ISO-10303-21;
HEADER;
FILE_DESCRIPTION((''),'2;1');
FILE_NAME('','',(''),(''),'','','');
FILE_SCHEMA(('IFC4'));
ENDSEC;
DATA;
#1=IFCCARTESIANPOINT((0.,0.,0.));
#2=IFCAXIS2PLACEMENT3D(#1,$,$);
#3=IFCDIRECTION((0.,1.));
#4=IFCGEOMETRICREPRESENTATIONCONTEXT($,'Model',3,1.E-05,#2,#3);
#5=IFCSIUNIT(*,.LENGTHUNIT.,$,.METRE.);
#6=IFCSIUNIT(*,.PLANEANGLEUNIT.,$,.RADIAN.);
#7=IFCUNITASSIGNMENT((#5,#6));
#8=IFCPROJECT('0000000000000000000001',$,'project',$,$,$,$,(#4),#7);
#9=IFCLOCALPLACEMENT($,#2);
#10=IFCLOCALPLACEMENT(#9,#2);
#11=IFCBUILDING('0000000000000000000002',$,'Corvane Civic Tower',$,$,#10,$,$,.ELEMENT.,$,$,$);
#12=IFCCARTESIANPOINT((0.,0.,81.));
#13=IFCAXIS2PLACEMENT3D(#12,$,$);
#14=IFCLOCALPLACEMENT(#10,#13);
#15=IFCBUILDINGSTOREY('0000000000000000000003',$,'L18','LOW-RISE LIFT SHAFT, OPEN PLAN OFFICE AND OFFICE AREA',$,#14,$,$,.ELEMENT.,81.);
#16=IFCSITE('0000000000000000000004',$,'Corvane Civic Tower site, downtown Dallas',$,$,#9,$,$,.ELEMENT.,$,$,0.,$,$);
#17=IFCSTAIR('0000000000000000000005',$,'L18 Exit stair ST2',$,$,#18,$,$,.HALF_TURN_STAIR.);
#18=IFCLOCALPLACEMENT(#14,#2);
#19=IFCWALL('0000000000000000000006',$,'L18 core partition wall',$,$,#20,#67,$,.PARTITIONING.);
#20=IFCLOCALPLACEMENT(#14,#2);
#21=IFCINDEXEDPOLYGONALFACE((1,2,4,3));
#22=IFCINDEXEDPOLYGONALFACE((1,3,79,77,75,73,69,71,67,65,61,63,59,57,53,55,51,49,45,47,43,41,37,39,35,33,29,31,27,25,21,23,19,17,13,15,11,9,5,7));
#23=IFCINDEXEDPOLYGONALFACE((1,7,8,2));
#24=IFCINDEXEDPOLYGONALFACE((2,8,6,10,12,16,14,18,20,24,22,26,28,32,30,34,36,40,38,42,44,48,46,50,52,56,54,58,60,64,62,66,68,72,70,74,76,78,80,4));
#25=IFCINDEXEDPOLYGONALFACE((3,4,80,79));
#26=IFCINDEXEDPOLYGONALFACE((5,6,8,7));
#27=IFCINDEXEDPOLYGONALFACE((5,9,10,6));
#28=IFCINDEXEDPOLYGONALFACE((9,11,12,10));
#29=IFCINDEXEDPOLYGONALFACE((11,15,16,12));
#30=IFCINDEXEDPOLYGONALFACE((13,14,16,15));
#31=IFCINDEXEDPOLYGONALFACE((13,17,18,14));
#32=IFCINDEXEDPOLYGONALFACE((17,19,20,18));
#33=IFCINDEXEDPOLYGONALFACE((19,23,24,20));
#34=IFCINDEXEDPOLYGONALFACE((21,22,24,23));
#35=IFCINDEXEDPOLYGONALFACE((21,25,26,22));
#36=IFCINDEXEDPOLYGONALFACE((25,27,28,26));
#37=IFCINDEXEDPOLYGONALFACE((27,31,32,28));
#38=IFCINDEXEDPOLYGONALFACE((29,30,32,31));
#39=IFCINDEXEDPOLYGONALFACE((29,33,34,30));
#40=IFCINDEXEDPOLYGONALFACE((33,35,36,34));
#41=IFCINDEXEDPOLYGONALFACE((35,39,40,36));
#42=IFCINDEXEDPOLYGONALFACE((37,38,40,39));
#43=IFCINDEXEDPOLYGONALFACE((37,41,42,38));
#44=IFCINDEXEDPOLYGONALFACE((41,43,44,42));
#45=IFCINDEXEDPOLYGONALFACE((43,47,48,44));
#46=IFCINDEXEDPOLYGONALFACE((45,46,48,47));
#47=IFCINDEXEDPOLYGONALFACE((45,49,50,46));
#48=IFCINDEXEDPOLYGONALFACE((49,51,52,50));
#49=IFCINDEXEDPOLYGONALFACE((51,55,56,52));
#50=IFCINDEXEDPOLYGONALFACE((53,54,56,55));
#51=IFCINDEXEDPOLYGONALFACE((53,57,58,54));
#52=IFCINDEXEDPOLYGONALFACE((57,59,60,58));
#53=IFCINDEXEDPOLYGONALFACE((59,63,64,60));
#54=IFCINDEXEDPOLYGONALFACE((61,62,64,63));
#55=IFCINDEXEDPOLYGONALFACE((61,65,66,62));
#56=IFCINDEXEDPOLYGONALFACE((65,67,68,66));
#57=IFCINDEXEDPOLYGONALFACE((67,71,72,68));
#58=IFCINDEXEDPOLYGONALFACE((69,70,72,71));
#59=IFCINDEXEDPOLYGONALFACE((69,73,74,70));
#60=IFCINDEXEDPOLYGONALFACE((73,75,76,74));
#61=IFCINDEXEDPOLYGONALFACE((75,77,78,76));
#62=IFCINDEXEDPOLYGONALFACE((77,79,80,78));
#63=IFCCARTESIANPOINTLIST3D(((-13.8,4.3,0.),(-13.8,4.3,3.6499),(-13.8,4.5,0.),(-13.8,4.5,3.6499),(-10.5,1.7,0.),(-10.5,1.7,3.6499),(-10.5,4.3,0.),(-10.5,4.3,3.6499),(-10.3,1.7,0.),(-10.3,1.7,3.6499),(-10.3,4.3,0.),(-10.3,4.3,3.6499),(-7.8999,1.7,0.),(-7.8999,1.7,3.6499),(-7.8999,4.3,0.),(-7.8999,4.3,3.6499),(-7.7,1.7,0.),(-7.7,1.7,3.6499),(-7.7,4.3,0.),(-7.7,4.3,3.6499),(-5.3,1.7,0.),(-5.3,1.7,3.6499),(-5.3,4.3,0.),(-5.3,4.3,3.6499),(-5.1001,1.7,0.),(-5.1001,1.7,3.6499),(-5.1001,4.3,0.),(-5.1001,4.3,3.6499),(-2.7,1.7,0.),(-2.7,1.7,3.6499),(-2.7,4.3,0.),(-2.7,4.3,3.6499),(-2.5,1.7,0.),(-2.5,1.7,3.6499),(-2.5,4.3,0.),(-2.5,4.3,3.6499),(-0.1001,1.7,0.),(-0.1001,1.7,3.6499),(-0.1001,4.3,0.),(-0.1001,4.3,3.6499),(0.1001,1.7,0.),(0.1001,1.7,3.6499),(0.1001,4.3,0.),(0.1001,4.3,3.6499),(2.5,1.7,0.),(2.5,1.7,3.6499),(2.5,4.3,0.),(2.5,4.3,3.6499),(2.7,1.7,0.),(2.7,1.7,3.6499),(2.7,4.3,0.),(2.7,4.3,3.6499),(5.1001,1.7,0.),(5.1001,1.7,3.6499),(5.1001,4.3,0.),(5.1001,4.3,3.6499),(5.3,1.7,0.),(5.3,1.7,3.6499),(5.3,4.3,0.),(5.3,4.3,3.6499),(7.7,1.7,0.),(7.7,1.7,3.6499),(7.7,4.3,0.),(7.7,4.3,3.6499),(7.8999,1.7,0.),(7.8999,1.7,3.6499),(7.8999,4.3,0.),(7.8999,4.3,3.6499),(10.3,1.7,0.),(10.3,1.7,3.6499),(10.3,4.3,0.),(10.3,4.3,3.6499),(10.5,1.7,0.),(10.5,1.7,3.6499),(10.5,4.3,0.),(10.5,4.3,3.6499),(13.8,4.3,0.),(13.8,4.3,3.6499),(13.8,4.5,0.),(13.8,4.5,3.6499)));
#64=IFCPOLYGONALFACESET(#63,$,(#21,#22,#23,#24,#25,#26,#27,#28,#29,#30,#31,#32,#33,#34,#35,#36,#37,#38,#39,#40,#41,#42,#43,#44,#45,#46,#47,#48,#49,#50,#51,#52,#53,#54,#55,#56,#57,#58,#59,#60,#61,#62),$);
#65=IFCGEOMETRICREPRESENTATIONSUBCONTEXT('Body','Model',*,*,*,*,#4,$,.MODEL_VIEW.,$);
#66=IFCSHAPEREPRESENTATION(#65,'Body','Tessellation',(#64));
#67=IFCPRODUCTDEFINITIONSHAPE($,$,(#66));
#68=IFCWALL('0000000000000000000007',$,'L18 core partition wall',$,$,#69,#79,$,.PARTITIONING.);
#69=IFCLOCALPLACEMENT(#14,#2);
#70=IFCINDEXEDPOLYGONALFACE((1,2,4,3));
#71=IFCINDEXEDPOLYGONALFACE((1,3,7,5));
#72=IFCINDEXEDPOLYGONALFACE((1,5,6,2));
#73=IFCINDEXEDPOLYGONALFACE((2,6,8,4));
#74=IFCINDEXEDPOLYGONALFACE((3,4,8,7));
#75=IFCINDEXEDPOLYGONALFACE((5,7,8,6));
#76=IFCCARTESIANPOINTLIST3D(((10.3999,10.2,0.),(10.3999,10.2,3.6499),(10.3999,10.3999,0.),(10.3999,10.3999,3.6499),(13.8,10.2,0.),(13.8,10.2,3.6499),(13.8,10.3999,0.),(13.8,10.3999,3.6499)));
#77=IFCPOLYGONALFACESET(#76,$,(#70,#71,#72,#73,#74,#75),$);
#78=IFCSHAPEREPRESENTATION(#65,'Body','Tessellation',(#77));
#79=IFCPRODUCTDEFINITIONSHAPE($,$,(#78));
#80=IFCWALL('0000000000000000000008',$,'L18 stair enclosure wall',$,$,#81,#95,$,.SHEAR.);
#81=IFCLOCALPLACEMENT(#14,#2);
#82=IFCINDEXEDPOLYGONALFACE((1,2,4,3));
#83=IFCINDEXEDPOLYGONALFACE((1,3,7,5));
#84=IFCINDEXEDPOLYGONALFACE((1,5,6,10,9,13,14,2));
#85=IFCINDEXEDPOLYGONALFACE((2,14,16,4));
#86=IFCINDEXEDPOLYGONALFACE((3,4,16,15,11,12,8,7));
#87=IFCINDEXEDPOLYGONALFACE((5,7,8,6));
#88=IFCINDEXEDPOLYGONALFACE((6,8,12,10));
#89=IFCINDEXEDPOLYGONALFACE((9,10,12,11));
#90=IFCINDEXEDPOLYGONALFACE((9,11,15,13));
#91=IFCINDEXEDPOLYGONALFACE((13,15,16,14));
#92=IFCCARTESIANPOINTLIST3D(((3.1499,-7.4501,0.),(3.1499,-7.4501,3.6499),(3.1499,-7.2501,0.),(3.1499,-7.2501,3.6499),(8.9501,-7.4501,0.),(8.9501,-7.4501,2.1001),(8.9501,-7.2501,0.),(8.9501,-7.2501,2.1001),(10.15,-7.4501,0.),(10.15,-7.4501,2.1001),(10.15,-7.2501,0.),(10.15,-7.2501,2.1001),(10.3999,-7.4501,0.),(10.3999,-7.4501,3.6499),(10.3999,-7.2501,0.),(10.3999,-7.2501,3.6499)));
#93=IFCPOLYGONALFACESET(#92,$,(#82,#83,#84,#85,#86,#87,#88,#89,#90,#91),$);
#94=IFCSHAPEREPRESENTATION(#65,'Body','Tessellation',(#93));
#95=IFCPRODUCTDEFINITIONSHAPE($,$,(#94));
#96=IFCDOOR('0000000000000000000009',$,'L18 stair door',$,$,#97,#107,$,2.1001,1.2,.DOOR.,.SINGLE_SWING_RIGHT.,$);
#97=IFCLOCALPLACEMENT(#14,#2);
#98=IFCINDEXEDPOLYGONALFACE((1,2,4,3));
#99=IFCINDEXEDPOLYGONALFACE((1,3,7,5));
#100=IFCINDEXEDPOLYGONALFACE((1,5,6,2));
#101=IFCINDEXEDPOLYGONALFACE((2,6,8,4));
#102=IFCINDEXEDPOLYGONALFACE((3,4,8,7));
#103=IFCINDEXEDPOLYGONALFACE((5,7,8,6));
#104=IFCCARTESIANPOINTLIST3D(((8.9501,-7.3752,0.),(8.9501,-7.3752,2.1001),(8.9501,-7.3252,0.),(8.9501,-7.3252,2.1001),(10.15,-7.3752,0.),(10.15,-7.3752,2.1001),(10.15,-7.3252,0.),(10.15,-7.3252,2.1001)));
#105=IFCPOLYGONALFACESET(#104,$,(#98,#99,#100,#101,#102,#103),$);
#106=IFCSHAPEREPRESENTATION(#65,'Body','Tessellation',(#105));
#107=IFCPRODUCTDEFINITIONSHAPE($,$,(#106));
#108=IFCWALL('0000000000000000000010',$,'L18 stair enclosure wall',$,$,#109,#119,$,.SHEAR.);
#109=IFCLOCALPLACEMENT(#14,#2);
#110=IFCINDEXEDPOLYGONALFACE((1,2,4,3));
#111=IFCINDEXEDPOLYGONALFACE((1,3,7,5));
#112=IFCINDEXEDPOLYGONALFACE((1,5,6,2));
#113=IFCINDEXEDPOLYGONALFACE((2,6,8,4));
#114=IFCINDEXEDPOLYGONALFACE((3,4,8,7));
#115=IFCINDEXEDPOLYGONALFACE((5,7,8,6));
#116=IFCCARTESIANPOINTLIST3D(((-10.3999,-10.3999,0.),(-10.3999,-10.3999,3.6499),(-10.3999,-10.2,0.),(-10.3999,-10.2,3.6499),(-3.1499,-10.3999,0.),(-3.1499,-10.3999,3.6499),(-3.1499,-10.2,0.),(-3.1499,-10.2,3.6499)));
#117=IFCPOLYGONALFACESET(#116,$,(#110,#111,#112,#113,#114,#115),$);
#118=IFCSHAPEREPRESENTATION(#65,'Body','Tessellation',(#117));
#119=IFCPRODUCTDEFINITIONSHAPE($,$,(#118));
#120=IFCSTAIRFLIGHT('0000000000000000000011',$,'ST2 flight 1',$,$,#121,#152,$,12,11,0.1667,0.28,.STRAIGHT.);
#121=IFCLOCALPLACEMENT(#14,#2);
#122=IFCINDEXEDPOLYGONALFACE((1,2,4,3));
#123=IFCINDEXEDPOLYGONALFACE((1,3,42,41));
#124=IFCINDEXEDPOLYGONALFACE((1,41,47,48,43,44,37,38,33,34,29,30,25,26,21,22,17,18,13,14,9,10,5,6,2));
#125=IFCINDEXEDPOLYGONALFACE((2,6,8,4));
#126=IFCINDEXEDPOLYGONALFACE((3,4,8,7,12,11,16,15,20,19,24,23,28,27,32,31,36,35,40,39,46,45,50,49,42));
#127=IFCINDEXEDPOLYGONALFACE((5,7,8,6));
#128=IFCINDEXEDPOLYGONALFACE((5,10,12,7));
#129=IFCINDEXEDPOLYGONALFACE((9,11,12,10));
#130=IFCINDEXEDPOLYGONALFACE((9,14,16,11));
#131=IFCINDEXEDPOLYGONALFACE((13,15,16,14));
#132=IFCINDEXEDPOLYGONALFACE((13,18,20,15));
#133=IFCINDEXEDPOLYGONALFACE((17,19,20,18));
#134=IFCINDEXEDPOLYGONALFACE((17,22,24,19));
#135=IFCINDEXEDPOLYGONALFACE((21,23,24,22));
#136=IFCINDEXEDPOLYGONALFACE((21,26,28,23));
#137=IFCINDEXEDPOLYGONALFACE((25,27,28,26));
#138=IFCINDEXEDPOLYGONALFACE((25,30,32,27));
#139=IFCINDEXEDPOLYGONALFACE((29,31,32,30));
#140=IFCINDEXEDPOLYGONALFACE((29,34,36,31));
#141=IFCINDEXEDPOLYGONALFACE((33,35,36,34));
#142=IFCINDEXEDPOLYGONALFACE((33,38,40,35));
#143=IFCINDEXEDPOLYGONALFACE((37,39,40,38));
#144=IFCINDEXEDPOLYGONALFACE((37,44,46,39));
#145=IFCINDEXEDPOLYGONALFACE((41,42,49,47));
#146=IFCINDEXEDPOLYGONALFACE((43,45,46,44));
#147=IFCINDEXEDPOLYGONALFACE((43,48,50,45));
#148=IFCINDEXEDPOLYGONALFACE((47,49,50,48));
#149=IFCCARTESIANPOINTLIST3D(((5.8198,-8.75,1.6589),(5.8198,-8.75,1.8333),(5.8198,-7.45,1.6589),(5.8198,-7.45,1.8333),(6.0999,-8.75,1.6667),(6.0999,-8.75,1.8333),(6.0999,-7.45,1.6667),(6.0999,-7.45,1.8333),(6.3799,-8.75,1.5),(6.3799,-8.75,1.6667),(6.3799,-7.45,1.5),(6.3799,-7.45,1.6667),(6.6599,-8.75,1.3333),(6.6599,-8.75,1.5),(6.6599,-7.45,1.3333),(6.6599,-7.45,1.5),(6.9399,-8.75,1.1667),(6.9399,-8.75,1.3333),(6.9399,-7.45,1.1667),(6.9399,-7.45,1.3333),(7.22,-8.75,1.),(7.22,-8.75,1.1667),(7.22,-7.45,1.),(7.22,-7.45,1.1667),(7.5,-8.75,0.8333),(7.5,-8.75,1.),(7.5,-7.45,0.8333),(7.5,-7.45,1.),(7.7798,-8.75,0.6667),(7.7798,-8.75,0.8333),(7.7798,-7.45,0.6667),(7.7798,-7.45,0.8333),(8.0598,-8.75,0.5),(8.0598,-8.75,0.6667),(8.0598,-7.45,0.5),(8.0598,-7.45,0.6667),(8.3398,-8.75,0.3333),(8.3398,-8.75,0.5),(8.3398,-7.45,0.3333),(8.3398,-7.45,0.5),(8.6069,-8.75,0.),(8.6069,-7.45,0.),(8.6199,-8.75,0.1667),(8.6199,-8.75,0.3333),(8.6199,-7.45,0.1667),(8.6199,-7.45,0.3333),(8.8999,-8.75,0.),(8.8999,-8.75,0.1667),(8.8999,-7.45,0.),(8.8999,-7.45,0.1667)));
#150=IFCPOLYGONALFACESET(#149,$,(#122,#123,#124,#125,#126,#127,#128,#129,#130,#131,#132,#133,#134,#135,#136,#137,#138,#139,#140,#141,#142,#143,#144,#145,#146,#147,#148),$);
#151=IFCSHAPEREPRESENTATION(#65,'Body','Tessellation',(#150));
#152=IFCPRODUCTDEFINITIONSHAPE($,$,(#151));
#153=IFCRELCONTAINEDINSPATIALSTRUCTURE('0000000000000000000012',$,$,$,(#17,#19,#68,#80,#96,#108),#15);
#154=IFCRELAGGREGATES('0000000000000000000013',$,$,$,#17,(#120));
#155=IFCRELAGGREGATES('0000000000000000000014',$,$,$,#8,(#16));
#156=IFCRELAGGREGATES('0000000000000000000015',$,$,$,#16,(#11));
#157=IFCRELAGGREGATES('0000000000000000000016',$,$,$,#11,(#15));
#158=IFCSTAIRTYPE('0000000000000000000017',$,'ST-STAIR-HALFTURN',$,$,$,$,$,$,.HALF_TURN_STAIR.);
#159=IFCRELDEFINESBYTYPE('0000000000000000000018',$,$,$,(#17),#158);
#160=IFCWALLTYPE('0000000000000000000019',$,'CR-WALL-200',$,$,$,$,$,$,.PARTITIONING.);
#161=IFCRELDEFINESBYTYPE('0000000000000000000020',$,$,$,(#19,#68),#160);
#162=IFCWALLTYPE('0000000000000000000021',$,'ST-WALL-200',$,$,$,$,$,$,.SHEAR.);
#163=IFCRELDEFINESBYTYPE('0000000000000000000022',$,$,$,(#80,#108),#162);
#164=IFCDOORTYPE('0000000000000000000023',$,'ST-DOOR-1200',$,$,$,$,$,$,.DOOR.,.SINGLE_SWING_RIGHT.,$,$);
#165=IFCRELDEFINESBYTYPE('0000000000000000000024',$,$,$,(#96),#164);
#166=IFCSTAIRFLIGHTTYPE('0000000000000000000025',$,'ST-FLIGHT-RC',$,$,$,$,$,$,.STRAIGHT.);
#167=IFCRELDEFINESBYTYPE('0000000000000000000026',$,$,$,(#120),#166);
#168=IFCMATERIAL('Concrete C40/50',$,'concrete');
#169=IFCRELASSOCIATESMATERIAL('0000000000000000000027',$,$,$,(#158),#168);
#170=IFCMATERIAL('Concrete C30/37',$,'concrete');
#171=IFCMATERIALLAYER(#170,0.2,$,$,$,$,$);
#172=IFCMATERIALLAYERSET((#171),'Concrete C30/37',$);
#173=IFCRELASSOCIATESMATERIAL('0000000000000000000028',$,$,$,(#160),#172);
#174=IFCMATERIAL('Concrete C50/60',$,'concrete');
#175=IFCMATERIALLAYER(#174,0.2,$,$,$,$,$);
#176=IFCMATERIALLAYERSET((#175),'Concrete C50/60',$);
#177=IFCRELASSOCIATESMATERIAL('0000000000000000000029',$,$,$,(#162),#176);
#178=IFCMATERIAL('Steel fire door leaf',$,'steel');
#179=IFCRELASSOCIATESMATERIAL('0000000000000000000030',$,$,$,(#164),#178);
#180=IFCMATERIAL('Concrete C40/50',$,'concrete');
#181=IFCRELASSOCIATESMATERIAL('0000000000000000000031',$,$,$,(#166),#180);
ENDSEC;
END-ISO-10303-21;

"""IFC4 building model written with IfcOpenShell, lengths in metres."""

from ifc_helpers import new_model, si_unit, direction, frame, frame_2d, origin, place, context, subcontext, project, spatial, polyline, rectangle, outline, extrude, material, layer, layer_set, type_object, element, fill, aggregate, save


model = new_model("IFC4")

# Units and contexts
model_context = context("Model", 3, precision=1e-05, world=origin(), true_north=direction((0.0, 1.0)))
body_context = subcontext(model_context, "Body", "Model", "MODEL_VIEW")
ifc_project = project(units=[si_unit("LENGTHUNIT", "METRE"), si_unit("PLANEANGLEUNIT", "RADIAN")], contexts=[model_context])

# Site, building, storey
site_placement = place(None, origin())
site = spatial("IfcSite", under=ifc_project, at=site_placement, Name="Corvane Civic Tower site, downtown Dallas", CompositionType="ELEMENT", RefElevation=0.0)
building_placement = place(site_placement, origin())
building = spatial("IfcBuilding", under=site, at=building_placement, Name="Corvane Civic Tower", CompositionType="ELEMENT")
storey_placement = place(building_placement, frame((0.0, 0.0, 81.0)))
storey = spatial("IfcBuildingStorey", under=building, at=storey_placement, Name="L18", Description="LOW-RISE LIFT SHAFT, OPEN PLAN OFFICE AND OFFICE AREA", CompositionType="ELEMENT", Elevation=81.0)

# Stair
ifc_material_1 = material(Name="Concrete C40/50", Category="concrete")
stair_type = type_object("IfcStairType", Name="ST-STAIR-HALFTURN", PredefinedType="HALF_TURN_STAIR", material=ifc_material_1)
stair_1_placement = place(storey_placement, origin())
stair_1 = element("IfcStair", 1, at=stair_1_placement, inside=storey, type_object=stair_type, Name="L18 Exit stair ST2", PredefinedType="HALF_TURN_STAIR")

# Shared definitions
ifc_material_2 = material(Name="Concrete C30/37", Category="concrete")
ifc_layer_1 = layer(ifc_material_2, 0.2)
ifc_layer_set_1 = layer_set([ifc_layer_1], Name="Concrete C30/37")
wall_type_1 = type_object("IfcWallType", Name="CR-WALL-200", PredefinedType="PARTITIONING", material=ifc_layer_set_1)

# Walls
wall_1_placement = place(storey_placement, origin())
element("IfcWall", 2, at=wall_1_placement, inside=storey, type_object=wall_type_1, Name="L18 core partition wall", PredefinedType="PARTITIONING", context=body_context, shape_type="SweptSolid", body=[
    extrude(outline(polyline([(-5.1001, 1.7), (-5.3, 1.7), (-5.3, 4.3), (-7.7, 4.3), (-7.7, 1.7), (-7.8999, 1.7), (-7.8999, 4.3), (-10.3, 4.3), (-10.3, 1.7), (-10.5, 1.7), (-10.5, 4.3), (-13.8, 4.3), (-13.8, 4.5), (13.8, 4.5), (13.8, 4.3), (10.5, 4.3), (10.5, 1.7), (10.3, 1.7), (10.3, 4.3), (7.8999, 4.3), (7.8999, 1.7), (7.7, 1.7), (7.7, 4.3), (5.3, 4.3), (5.3, 1.7), (5.1001, 1.7), (5.1001, 4.3), (2.7, 4.3), (2.7, 1.7), (2.5, 1.7), (2.5, 4.3), (0.1001, 4.3), (0.1001, 1.7), (-0.1001, 1.7), (-0.1001, 4.3), (-2.5, 4.3), (-2.5, 1.7), (-2.7, 1.7), (-2.7, 4.3), (-5.1001, 4.3), (-5.1001, 1.7)])), origin(), (0.0, 0.0, 1.0), 3.6499),
])
wall_2_placement = place(storey_placement, origin())
element("IfcWall", 3, at=wall_2_placement, inside=storey, type_object=wall_type_1, Name="L18 core partition wall", PredefinedType="PARTITIONING", context=body_context, shape_type="SweptSolid", body=[
    extrude(outline(polyline([(10.3999, 10.2), (10.3999, 10.3999), (13.8, 10.3999), (13.8, 10.2), (10.3999, 10.2)])), origin(), (0.0, 0.0, 1.0), 3.6499),
])

# Wall, opening, door
ifc_material_3 = material(Name="Concrete C50/60", Category="concrete")
ifc_layer_2 = layer(ifc_material_3, 0.2)
ifc_layer_set_2 = layer_set([ifc_layer_2], Name="Concrete C50/60")
wall_type_2 = type_object("IfcWallType", Name="ST-WALL-200", PredefinedType="SHEAR", material=ifc_layer_set_2)
wall_3_placement = place(storey_placement, frame((3.1499, -7.3501, 0.0), z_axis=(0.0, 0.0, 1.0), x_axis=(1.0, 0.0, 0.0)))
wall_3 = element("IfcWall", 4, at=wall_3_placement, inside=storey, type_object=wall_type_2, Name="L18 stair enclosure wall", PredefinedType="SHEAR", context=body_context, shape_type="SweptSolid", body=[
    extrude(rectangle(XDim=7.25, YDim=0.2, at=frame_2d((3.625, 0.0))), origin(), (0.0, 0.0, 1.0), 3.6499),
])
opening_1_placement = place(wall_3_placement, frame((5.8, 0.0, 0.0)))
opening_1 = element("IfcOpeningElement", 5, at=opening_1_placement, cuts=wall_3, PredefinedType="OPENING", context=body_context, shape_type="SweptSolid", body=[
    extrude(rectangle(XDim=1.2, YDim=2.1001, at=frame_2d((0.6001, 1.05))), frame((0.0, 0.1099, 0.0), z_axis=(0.0, -1.0, 0.0), x_axis=(1.0, 0.0, 0.0)), (0.0, 0.0, 1.0), 0.22),
])
ifc_material_4 = material(Name="Steel fire door leaf", Category="steel")
door_type_1 = type_object("IfcDoorType", Name="ST-DOOR-1200", OperationType="SINGLE_SWING_RIGHT", PredefinedType="DOOR", material=ifc_material_4)
door_1_placement = place(opening_1_placement, origin())
door_1 = element("IfcDoor", 6, at=door_1_placement, inside=storey, type_object=door_type_1, Name="L18 stair door", OperationType="SINGLE_SWING_RIGHT", OverallHeight=2.1001, OverallWidth=1.2, PredefinedType="DOOR", context=body_context, shape_type="SweptSolid", body=[
    extrude(rectangle(XDim=1.2, YDim=2.1001, at=frame_2d((0.6001, 1.05))), frame((0.0, 0.0249, 0.0), z_axis=(0.0, -1.0, 0.0), x_axis=(1.0, 0.0, 0.0)), (0.0, 0.0, 1.0), 0.05),
])
fill(opening_1, door_1)

# Wall
wall_4_placement = place(storey_placement, origin())
element("IfcWall", 7, at=wall_4_placement, inside=storey, type_object=wall_type_2, Name="L18 stair enclosure wall", PredefinedType="SHEAR", context=body_context, shape_type="SweptSolid", body=[
    extrude(outline(polyline([(-3.1499, -10.2), (-3.1499, -10.3999), (-10.3999, -10.3999), (-10.3999, -10.2), (-3.1499, -10.2)])), origin(), (0.0, 0.0, 1.0), 3.6499),
])

# Stair flight
ifc_material_5 = material(Name="Concrete C40/50", Category="concrete")
stair_flight_type = type_object("IfcStairFlightType", Name="ST-FLIGHT-RC", PredefinedType="STRAIGHT", material=ifc_material_5)
stair_flight_1_placement = place(storey_placement, frame((8.8999, -8.1001, 0.0), z_axis=(0.0, 0.0, 1.0), x_axis=(-1.0, 0.0, 0.0)))
stair_flight_1 = element("IfcStairFlight", 8, at=stair_flight_1_placement, type_object=stair_flight_type, Name="ST2 flight 1", NumberOfRisers=12, NumberOfTreads=11, PredefinedType="STRAIGHT", RiserHeight=0.1667, TreadLength=0.28, context=body_context, shape_type="SweptSolid", body=[
    extrude(outline(polyline([(0.0, 0.0), (0.0, 0.1667), (0.28, 0.1667), (0.28, 0.3333), (0.5601, 0.3333), (0.5601, 0.5), (0.8401, 0.5), (0.8401, 0.6667), (1.1201, 0.6667), (1.1201, 0.8333), (1.3999, 0.8333), (1.3999, 1.0), (1.6799, 1.0), (1.6799, 1.1667), (1.96, 1.1667), (1.96, 1.3333), (2.24, 1.3333), (2.24, 1.5), (2.52, 1.5), (2.52, 1.6667), (2.8, 1.6667), (2.8, 1.8333), (3.0801, 1.8333), (3.0801, 2.0), (3.0801, 1.6589), (0.293, 0.0), (0.0, 0.0)])), frame((0.0, 0.6499, 0.0), z_axis=(0.0, -1.0, 0.0), x_axis=(1.0, 0.0, 0.0)), (0.0, 0.0, 1.0), 1.3),
])
aggregate(stair_1, [stair_flight_1])

save(model, "model.ifc")
